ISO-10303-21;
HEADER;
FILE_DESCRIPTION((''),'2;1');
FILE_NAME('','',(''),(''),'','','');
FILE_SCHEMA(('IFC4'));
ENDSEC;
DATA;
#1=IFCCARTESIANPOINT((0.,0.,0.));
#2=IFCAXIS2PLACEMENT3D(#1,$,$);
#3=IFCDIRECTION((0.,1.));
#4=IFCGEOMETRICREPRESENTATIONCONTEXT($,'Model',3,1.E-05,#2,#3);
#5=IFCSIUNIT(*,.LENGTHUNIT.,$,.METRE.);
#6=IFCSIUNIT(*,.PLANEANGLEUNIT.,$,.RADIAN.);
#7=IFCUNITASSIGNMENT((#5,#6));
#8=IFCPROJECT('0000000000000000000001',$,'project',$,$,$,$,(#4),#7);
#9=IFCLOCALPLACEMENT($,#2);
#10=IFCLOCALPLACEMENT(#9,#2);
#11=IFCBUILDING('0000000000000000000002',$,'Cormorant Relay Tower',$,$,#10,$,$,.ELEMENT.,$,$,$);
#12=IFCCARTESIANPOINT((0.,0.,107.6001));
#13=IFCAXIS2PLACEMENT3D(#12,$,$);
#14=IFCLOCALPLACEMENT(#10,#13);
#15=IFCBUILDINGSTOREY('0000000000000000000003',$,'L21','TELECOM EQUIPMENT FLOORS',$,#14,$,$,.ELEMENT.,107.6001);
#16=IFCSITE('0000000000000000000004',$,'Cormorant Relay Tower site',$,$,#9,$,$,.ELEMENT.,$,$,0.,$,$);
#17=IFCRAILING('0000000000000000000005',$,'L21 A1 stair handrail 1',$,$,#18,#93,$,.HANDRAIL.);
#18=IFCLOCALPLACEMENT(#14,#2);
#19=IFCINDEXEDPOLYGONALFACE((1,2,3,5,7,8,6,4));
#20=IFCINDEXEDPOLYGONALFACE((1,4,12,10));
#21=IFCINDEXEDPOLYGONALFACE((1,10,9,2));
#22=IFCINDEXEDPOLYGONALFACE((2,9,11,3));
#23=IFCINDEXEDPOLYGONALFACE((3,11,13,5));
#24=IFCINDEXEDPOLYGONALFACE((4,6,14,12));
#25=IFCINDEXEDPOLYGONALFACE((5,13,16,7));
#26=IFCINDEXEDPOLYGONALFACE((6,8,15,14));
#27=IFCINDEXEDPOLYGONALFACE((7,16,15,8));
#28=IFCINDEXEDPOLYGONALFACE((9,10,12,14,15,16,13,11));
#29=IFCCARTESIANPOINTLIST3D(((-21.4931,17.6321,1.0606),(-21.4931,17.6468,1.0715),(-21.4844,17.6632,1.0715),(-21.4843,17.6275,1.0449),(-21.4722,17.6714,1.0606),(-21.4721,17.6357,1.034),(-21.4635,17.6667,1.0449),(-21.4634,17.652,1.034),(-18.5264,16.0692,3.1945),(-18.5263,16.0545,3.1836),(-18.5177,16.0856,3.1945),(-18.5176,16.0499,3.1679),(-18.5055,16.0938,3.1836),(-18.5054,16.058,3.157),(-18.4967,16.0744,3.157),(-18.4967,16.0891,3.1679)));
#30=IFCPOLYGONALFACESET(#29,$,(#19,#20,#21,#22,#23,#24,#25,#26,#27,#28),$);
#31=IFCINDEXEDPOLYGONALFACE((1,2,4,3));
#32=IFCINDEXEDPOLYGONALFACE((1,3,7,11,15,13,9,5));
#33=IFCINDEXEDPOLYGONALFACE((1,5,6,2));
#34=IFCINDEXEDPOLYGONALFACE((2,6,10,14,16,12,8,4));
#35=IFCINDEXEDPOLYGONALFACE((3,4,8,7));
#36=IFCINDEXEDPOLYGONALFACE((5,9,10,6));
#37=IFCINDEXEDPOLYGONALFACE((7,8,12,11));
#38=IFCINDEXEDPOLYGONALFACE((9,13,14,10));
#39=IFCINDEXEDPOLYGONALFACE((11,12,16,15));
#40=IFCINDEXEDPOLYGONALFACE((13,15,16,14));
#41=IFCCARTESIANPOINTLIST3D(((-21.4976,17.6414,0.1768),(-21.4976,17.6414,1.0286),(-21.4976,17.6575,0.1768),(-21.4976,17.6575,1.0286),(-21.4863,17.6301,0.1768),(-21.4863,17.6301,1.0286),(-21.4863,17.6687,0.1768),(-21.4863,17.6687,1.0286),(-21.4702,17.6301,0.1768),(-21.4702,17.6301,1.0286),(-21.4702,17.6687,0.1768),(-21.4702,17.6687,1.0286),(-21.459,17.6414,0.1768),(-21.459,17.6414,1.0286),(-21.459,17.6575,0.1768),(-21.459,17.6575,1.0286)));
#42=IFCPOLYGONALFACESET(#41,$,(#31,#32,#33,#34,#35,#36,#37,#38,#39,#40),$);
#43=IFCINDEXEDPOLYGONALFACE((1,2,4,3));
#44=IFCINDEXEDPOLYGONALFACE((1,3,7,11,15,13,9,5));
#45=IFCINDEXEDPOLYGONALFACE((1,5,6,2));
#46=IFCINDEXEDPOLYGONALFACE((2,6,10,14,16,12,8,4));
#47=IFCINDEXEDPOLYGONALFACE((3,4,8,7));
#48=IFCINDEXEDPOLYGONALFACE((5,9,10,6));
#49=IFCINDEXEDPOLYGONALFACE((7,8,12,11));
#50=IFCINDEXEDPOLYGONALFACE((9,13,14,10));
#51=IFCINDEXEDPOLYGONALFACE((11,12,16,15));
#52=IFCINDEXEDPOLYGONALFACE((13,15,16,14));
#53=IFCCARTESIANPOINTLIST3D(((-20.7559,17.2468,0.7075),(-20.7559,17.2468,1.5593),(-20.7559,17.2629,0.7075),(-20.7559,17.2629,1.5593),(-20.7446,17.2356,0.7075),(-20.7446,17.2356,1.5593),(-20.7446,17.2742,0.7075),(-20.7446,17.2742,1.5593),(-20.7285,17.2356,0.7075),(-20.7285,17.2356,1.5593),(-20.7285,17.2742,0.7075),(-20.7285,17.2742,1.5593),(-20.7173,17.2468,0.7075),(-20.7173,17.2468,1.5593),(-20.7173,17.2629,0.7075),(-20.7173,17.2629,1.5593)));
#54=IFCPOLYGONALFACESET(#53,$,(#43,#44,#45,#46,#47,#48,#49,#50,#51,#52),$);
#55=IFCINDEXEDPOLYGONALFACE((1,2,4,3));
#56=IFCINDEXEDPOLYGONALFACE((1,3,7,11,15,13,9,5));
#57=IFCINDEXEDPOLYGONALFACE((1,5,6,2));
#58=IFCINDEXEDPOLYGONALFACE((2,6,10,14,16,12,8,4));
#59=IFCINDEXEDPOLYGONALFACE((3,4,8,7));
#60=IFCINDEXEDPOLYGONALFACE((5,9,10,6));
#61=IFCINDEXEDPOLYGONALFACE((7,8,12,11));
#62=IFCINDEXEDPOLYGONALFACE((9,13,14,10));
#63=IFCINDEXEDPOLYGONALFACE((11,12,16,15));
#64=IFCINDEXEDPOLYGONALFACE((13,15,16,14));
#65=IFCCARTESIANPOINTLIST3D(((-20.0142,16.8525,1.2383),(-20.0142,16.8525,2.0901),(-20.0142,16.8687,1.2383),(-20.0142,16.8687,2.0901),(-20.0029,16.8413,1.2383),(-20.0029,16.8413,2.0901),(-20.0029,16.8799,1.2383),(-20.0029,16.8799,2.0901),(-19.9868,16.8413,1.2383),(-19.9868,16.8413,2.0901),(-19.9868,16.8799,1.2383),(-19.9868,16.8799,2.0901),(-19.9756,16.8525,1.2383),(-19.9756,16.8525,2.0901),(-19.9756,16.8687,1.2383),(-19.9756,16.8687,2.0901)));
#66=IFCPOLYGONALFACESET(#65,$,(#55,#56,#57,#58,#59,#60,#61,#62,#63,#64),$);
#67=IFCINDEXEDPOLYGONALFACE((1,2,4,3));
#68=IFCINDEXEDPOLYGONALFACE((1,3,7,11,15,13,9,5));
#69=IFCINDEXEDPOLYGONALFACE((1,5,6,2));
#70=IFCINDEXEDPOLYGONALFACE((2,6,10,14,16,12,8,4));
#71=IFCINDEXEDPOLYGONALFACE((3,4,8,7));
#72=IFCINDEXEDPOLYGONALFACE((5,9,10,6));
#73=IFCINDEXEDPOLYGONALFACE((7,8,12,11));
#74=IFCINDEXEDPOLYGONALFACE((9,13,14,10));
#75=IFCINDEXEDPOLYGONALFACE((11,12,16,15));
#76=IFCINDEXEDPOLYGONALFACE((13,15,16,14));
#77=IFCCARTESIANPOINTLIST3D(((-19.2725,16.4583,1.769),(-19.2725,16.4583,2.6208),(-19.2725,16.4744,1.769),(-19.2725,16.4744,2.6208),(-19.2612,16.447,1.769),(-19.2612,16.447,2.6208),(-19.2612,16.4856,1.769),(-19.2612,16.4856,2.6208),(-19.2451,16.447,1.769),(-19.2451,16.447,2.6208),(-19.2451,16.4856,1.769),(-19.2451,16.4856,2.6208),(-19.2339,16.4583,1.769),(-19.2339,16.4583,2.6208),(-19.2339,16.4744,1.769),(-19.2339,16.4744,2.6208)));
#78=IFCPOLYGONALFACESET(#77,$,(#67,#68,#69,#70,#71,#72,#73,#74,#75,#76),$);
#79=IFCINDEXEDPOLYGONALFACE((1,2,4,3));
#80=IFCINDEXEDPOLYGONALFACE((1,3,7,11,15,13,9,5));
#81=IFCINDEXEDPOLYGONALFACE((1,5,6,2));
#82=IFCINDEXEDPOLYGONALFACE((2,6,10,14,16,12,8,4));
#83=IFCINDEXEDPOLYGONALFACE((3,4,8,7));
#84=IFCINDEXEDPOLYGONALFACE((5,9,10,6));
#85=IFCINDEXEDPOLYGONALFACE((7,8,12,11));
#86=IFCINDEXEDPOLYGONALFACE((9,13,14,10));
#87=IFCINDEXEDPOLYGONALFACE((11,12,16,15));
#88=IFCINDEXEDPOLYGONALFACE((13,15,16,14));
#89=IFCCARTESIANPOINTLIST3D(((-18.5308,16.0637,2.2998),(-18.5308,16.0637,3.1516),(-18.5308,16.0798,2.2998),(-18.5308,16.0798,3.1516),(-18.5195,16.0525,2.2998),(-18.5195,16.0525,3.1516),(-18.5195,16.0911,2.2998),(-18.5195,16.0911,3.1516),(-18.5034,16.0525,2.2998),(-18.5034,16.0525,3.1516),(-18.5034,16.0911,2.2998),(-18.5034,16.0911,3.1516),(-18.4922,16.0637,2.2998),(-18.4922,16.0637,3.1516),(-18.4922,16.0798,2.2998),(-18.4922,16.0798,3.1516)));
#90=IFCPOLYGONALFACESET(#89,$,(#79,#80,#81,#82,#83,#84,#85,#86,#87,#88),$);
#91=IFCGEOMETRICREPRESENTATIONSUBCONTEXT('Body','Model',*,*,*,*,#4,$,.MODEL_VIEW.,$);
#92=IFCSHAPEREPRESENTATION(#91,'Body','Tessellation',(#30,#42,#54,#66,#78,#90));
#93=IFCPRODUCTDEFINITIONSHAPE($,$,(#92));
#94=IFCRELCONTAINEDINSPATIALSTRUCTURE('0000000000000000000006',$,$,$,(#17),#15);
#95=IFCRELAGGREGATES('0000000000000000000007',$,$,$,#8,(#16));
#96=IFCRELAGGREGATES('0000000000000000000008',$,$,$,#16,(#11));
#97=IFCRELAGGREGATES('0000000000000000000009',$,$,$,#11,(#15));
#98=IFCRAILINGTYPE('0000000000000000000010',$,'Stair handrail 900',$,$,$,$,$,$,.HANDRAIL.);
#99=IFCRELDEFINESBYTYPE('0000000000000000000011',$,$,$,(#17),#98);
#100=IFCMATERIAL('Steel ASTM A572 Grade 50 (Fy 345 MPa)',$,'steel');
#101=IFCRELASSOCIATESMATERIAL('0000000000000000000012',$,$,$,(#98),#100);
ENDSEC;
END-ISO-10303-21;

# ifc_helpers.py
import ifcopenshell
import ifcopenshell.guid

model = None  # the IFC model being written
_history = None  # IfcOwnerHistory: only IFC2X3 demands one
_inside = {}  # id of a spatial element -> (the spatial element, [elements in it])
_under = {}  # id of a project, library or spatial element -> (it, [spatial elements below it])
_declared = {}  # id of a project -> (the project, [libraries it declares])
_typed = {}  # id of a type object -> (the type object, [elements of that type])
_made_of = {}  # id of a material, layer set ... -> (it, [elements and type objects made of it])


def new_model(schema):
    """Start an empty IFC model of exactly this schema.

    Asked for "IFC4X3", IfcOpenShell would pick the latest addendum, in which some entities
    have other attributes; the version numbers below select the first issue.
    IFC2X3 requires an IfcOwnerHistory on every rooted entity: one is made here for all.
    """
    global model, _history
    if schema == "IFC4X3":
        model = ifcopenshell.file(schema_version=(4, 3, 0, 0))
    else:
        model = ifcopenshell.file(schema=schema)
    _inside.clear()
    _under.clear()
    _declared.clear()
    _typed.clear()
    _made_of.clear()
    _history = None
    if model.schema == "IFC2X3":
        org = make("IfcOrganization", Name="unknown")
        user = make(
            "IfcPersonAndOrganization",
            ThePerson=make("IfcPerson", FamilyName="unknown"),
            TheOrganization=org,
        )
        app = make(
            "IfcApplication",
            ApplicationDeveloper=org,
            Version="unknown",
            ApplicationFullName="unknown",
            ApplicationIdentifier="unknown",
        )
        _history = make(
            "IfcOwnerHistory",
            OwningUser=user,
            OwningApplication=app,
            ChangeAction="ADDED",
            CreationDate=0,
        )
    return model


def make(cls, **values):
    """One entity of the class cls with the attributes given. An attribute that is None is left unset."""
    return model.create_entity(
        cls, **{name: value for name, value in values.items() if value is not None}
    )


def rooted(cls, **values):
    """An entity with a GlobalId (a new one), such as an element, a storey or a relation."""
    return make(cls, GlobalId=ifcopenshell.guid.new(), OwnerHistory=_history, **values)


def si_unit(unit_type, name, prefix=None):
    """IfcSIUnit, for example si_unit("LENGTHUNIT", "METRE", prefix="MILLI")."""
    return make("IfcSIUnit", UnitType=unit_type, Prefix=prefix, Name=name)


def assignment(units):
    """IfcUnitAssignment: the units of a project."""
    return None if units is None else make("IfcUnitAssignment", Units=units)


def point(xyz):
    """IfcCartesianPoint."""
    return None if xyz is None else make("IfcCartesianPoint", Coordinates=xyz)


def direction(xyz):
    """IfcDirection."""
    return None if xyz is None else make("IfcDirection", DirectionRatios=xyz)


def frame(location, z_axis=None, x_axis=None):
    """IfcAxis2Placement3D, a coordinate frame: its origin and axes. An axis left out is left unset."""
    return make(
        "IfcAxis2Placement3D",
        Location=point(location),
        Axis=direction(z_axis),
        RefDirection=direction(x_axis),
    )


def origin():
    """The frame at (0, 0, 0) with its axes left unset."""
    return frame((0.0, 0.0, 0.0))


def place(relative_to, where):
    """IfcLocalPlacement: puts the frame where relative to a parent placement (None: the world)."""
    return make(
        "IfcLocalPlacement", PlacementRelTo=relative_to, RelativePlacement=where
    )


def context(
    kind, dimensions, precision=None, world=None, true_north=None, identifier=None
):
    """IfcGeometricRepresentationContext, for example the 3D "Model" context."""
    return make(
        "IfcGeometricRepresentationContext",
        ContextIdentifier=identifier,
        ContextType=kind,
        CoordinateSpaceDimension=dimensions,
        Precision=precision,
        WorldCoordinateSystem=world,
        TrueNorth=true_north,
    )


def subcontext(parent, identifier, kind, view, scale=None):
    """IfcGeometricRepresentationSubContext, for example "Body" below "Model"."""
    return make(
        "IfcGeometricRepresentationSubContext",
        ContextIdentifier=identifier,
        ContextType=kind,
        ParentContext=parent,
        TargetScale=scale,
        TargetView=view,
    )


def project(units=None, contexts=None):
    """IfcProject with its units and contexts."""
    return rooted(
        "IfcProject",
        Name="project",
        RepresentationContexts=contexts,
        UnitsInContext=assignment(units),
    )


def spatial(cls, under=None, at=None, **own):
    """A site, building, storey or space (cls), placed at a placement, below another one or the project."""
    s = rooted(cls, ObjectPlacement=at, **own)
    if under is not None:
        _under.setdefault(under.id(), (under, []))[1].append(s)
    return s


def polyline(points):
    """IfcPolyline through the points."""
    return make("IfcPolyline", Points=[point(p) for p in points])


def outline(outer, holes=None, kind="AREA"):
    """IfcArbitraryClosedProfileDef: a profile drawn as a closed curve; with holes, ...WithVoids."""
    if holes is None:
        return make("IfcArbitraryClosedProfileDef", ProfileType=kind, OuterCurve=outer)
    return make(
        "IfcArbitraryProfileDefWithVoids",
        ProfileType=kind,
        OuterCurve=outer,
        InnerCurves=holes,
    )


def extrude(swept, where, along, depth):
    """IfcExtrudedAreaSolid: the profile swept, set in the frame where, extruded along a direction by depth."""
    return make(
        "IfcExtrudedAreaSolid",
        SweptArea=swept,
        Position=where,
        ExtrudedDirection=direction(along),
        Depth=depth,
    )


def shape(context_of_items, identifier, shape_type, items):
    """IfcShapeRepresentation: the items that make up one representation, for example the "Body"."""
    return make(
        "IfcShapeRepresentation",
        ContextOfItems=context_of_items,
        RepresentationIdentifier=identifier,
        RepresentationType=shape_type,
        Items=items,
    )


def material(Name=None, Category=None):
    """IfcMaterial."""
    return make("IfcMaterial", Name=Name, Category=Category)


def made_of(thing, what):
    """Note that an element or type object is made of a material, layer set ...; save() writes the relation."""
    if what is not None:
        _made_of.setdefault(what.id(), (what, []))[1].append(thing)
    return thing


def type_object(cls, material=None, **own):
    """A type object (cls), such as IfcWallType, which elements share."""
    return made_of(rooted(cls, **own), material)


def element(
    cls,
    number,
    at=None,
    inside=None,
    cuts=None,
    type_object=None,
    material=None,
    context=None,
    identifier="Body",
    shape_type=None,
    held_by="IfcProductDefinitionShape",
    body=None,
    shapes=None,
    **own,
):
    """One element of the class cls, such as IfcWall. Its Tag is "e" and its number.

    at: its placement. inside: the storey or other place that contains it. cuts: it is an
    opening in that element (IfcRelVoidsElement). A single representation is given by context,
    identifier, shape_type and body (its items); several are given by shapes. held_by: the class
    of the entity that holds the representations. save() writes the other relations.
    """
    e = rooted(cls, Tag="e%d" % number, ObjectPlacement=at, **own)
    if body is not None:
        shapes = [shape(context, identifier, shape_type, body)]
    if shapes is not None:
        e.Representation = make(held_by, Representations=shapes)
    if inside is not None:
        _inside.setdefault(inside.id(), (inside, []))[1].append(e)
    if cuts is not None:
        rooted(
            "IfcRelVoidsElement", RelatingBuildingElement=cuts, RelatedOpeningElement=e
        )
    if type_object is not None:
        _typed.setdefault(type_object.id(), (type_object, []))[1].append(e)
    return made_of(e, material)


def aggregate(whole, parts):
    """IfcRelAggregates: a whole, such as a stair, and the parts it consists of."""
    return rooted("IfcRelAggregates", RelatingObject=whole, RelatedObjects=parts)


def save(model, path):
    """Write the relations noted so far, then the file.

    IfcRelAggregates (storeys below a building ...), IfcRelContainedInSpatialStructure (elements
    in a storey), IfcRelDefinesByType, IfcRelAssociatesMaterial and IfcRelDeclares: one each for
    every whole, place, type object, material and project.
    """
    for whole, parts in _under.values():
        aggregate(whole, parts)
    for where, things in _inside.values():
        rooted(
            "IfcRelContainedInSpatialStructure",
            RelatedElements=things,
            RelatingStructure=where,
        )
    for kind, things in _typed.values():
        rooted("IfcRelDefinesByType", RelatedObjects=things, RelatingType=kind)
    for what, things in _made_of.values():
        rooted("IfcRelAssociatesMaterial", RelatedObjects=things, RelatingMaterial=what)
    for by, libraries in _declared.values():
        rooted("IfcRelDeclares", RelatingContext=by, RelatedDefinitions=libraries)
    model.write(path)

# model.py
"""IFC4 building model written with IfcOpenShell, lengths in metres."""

from ifc_helpers import new_model, si_unit, direction, frame, origin, place, context, subcontext, project, spatial, polyline, outline, extrude, material, type_object, element, save


model = new_model("IFC4")

# Units and contexts
model_context = context("Model", 3, precision=1e-05, world=origin(), true_north=direction((0.0, 1.0)))
body_context = subcontext(model_context, "Body", "Model", "MODEL_VIEW")
ifc_project = project(units=[si_unit("LENGTHUNIT", "METRE"), si_unit("PLANEANGLEUNIT", "RADIAN")], contexts=[model_context])

# Site, building, storey
site_placement = place(None, origin())
site = spatial("IfcSite", under=ifc_project, at=site_placement, Name="Cormorant Relay Tower site", CompositionType="ELEMENT", RefElevation=0.0)
building_placement = place(site_placement, origin())
building = spatial("IfcBuilding", under=site, at=building_placement, Name="Cormorant Relay Tower", CompositionType="ELEMENT")
storey_placement = place(building_placement, frame((0.0, 0.0, 107.6001)))
storey = spatial("IfcBuildingStorey", under=building, at=storey_placement, Name="L21", Description="TELECOM EQUIPMENT FLOORS", CompositionType="ELEMENT", Elevation=107.6001)

# Railing
ifc_material_1 = material(Name="Steel ASTM A572 Grade 50 (Fy 345 MPa)", Category="steel")
railing_type = type_object("IfcRailingType", Name="Stair handrail 900", PredefinedType="HANDRAIL", material=ifc_material_1)
railing_placement = place(storey_placement, frame((-21.4783, 17.6494, 0.1768)))
element("IfcRailing", 1, at=railing_placement, inside=storey, type_object=railing_type, Name="L21 A1 stair handrail 1", PredefinedType="HANDRAIL", context=body_context, shape_type="SweptSolid", body=[
    extrude(outline(polyline([(0.0222, 0.0093), (0.0093, 0.0222), (-0.0093, 0.0222), (-0.0222, 0.0093), (-0.0222, -0.0093), (-0.0093, -0.0222), (0.0093, -0.0222), (0.0222, -0.0093), (0.0222, 0.0093)])), frame((0.0, 0.0, 0.876), z_axis=(0.746422, -0.396921, 0.534142), x_axis=(0.469509, 0.882928, 0.0)), (0.0, 0.0, 1.0), 3.9746),
    extrude(outline(polyline([(0.0193, 0.0081), (0.0081, 0.0193), (-0.0081, 0.0193), (-0.0193, 0.0081), (-0.0193, -0.0081), (-0.0081, -0.0193), (0.0081, -0.0193), (0.0193, -0.0081), (0.0193, 0.0081)])), origin(), (0.0, 0.0, 1.0), 0.8518),
    extrude(outline(polyline([(0.0193, 0.0081), (0.0081, 0.0193), (-0.0081, 0.0193), (-0.0193, 0.0081), (-0.0193, -0.0081), (-0.0081, -0.0193), (0.0081, -0.0193), (0.0193, -0.0081), (0.0193, 0.0081)])), frame((0.7417, -0.3945, 0.5308)), (0.0, 0.0, 1.0), 0.8518),
    extrude(outline(polyline([(0.0193, 0.0081), (0.0081, 0.0193), (-0.0081, 0.0193), (-0.0193, 0.0081), (-0.0193, -0.0081), (-0.0081, -0.0193), (0.0081, -0.0193), (0.0193, -0.0081), (0.0193, 0.0081)])), frame((1.4834, -0.7888, 1.0615)), (0.0, 0.0, 1.0), 0.8518),
    extrude(outline(polyline([(0.0193, 0.0081), (0.0081, 0.0193), (-0.0081, 0.0193), (-0.0193, 0.0081), (-0.0193, -0.0081), (-0.0081, -0.0193), (0.0081, -0.0193), (0.0193, -0.0081), (0.0193, 0.0081)])), frame((2.2251, -1.1831, 1.5923)), (0.0, 0.0, 1.0), 0.8518),
    extrude(outline(polyline([(0.0193, 0.0081), (0.0081, 0.0193), (-0.0081, 0.0193), (-0.0193, 0.0081), (-0.0193, -0.0081), (-0.0081, -0.0193), (0.0081, -0.0193), (0.0193, -0.0081), (0.0193, 0.0081)])), frame((2.9668, -1.5776, 2.123)), (0.0, 0.0, 1.0), 0.8518),
])

save(model, "model.ifc")
